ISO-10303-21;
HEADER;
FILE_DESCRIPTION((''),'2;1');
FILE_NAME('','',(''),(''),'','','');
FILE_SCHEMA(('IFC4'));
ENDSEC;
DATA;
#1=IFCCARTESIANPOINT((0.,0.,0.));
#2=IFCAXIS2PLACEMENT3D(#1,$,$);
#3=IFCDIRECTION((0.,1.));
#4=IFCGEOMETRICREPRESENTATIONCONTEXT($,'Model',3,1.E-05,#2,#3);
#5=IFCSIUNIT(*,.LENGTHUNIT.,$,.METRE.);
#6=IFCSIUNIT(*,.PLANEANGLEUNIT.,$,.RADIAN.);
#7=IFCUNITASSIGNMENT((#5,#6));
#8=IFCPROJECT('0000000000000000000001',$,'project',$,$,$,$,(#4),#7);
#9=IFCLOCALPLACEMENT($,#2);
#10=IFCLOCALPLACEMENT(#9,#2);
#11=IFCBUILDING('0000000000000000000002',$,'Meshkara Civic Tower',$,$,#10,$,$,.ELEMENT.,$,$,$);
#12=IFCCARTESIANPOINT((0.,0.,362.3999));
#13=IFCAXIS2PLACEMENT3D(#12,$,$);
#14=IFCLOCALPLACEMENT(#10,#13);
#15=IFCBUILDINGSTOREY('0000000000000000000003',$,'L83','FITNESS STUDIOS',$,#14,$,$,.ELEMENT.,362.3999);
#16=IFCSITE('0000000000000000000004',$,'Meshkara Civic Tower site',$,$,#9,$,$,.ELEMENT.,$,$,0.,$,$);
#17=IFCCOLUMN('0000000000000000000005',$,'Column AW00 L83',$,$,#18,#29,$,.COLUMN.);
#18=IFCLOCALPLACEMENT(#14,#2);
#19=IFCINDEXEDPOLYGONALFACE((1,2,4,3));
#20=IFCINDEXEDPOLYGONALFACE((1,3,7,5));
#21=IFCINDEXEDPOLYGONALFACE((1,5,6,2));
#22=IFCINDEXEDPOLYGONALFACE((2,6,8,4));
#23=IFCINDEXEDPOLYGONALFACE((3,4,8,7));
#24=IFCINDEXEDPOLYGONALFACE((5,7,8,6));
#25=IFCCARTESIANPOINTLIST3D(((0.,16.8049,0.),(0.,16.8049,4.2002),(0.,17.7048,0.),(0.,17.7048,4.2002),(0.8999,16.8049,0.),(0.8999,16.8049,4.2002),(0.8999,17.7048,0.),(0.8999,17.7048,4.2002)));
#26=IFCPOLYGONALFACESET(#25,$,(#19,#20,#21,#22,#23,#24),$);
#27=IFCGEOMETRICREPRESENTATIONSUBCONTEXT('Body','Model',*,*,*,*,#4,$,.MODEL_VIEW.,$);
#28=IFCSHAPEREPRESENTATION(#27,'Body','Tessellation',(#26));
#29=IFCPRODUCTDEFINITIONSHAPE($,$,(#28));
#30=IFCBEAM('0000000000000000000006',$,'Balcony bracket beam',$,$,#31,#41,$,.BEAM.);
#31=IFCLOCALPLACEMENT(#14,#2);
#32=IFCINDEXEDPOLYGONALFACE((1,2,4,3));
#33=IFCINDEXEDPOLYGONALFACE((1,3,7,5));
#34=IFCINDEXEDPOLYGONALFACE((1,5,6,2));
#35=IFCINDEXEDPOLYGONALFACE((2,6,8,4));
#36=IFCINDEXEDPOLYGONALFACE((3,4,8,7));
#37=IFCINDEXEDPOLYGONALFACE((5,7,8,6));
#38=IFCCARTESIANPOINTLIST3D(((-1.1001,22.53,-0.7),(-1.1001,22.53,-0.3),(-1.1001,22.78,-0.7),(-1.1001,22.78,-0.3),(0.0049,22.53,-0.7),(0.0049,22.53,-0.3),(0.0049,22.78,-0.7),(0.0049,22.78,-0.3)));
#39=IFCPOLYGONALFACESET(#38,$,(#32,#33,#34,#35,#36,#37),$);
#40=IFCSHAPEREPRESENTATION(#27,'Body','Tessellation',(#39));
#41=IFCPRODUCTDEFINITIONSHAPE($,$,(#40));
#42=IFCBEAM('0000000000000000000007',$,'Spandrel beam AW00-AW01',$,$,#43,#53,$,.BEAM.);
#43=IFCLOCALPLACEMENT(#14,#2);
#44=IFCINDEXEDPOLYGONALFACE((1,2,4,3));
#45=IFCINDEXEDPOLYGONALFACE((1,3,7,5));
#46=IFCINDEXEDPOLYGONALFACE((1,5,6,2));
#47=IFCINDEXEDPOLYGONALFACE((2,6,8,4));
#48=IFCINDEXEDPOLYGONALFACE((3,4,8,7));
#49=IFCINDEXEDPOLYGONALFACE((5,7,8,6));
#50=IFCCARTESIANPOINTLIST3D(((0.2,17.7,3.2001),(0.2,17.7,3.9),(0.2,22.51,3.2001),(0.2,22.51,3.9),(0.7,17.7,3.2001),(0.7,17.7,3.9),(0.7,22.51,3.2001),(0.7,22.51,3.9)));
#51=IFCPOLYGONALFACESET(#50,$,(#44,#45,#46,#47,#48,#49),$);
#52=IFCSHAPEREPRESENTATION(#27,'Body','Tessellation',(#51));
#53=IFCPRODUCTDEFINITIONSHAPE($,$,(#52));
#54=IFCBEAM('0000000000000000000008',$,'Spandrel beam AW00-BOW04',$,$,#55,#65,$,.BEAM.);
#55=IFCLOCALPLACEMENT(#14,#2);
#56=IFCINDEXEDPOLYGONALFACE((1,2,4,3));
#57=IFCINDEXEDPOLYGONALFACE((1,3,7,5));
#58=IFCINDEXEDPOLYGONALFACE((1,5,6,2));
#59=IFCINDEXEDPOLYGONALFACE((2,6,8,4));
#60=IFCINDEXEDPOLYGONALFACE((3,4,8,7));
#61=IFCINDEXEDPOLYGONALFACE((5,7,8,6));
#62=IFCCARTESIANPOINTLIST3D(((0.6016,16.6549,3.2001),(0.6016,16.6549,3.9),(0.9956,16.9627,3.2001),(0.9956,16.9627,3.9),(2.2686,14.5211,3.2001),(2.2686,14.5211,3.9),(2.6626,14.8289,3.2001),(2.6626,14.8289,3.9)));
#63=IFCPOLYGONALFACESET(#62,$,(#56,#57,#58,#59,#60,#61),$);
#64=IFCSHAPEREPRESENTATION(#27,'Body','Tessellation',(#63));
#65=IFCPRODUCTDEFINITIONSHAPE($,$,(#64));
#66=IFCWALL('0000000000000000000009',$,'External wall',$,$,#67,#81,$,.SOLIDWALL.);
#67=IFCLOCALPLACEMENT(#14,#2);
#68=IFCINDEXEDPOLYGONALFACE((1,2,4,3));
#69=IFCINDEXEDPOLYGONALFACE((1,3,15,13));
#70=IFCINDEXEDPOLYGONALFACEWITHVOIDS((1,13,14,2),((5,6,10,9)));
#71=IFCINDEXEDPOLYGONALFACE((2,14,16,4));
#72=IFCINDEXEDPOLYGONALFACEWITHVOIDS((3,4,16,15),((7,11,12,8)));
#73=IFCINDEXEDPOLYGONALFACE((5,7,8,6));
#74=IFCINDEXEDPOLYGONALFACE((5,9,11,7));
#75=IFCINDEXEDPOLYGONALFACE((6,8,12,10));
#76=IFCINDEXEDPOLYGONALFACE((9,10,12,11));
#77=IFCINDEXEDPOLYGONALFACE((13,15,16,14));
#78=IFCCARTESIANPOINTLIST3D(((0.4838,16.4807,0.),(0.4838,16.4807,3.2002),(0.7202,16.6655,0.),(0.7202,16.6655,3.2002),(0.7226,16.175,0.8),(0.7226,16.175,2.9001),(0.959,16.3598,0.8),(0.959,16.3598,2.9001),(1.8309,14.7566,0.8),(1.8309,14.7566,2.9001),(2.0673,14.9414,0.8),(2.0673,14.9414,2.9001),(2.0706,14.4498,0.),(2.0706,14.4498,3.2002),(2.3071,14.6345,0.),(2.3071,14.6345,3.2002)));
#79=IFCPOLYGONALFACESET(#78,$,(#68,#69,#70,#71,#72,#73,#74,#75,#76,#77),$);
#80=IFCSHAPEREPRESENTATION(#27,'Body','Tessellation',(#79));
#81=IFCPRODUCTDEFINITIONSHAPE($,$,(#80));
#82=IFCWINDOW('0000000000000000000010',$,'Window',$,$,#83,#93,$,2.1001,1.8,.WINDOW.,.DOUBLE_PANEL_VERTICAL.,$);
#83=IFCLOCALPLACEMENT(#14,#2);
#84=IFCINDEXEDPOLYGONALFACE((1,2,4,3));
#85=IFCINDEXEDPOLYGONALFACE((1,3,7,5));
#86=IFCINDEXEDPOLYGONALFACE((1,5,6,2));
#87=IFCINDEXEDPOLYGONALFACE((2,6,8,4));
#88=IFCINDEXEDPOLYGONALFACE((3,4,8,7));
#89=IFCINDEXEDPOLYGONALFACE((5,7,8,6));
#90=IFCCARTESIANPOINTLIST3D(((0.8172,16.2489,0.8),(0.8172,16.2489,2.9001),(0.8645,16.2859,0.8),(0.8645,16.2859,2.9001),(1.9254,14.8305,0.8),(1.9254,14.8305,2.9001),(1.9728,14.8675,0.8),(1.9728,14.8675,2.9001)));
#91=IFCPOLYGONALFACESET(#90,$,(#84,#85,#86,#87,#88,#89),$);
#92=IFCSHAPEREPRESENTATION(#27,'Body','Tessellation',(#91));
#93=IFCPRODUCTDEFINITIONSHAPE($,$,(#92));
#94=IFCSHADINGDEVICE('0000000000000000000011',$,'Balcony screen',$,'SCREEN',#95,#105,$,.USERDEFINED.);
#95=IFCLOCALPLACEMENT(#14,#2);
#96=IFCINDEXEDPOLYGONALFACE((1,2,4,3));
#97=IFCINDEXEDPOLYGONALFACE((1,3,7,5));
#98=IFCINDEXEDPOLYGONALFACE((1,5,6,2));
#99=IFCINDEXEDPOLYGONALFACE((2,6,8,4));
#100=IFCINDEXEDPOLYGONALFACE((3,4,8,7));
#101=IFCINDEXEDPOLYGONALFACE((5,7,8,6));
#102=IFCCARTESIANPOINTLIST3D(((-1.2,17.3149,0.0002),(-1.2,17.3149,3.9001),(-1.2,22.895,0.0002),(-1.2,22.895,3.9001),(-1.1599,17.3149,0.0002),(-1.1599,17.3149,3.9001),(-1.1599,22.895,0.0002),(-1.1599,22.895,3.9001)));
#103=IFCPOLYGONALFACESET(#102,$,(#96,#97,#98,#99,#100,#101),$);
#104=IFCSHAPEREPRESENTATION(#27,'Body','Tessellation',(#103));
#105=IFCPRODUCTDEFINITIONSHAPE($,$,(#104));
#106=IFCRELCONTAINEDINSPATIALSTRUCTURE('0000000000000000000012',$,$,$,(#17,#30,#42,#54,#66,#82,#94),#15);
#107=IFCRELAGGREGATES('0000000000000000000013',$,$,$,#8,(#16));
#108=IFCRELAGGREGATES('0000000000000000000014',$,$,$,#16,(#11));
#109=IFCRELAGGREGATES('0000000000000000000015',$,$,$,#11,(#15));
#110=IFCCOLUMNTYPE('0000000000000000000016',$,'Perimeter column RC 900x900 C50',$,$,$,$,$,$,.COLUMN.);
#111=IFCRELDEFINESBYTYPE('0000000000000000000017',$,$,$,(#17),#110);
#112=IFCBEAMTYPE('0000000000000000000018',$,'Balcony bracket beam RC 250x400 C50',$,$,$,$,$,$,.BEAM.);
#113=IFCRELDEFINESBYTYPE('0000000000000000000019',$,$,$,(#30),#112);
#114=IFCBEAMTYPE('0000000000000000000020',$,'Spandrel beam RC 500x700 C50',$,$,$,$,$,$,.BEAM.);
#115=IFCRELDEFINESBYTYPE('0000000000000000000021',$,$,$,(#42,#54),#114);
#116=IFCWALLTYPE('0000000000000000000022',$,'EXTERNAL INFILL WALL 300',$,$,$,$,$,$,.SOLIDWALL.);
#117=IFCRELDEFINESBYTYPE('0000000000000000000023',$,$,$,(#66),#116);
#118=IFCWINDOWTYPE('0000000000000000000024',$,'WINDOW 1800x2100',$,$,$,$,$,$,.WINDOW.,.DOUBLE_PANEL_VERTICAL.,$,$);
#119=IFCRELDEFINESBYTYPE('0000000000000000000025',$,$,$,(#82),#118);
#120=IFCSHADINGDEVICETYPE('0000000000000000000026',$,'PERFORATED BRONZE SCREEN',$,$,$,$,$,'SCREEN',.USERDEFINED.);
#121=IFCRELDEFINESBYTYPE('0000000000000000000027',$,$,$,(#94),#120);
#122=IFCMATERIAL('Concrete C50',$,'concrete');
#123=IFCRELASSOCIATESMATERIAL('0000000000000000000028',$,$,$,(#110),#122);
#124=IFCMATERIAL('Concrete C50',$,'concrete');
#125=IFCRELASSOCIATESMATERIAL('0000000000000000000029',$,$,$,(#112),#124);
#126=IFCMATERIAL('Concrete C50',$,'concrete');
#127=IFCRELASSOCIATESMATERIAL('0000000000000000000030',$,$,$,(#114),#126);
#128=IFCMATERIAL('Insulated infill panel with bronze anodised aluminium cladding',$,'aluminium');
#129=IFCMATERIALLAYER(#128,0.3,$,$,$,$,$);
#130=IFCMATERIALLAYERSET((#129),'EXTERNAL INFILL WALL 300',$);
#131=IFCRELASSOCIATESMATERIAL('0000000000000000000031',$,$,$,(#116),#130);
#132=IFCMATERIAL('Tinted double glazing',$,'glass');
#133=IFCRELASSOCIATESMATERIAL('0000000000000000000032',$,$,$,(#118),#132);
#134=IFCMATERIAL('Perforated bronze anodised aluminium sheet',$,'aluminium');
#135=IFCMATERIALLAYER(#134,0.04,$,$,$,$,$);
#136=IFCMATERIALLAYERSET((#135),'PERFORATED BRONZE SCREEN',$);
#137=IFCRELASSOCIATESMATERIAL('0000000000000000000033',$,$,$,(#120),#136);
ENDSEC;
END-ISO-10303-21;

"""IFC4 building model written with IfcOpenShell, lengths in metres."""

from ifc_helpers import new_model, si_unit, direction, frame, frame_2d, origin, origin_2d, place, context, subcontext, project, spatial, rectangle, extrude, material, layer, layer_set, material_profile, profile_set, type_object, element, fill, save


model = new_model("IFC4")

# Units and contexts
model_context = context("Model", 3, precision=1e-05, world=origin(), true_north=direction((0.0, 1.0)))
body_context = subcontext(model_context, "Body", "Model", "MODEL_VIEW")
ifc_project = project(units=[si_unit("LENGTHUNIT", "METRE"), si_unit("PLANEANGLEUNIT", "RADIAN")], contexts=[model_context])

# Site, building, storey
site_placement = place(None, origin())
site = spatial("IfcSite", under=ifc_project, at=site_placement, Name="Meshkara Civic Tower site", CompositionType="ELEMENT", RefElevation=0.0)
building_placement = place(site_placement, origin())
building = spatial("IfcBuilding", under=site, at=building_placement, Name="Meshkara Civic Tower", CompositionType="ELEMENT")
storey_placement = place(building_placement, frame((0.0, 0.0, 362.3999)))
storey = spatial("IfcBuildingStorey", under=building, at=storey_placement, Name="L83", Description="FITNESS STUDIOS", CompositionType="ELEMENT", Elevation=362.3999)

# Column
ifc_material_1 = material(Name="Concrete C50", Category="concrete")
ifc_material_profile_1 = material_profile(ifc_material_1, rectangle(XDim=0.8999, YDim=0.8999, at=origin_2d()))
ifc_profile_set_1 = profile_set([ifc_material_profile_1], Name="Concrete C50")
column_type = type_object("IfcColumnType", Name="Perimeter column RC 900x900 C50", PredefinedType="COLUMN", material=ifc_profile_set_1)
column_placement = place(storey_placement, frame((0.45, 17.2549, 0.0), z_axis=(0.0, 0.0, 1.0), x_axis=(1.0, 0.0, 0.0)))
element("IfcColumn", 1, at=column_placement, inside=storey, type_object=column_type, Name="Column AW00 L83", PredefinedType="COLUMN", context=body_context, shape_type="SweptSolid", body=[
    extrude(rectangle(XDim=0.8999, YDim=0.8999, at=origin_2d()), origin(), (0.0, 0.0, 1.0), 4.2002),
])

# Beams
ifc_material_2 = material(Name="Concrete C50", Category="concrete")
ifc_material_profile_2 = material_profile(ifc_material_2, rectangle(XDim=0.25, YDim=0.3999, at=origin_2d()))
ifc_profile_set_2 = profile_set([ifc_material_profile_2], Name="Concrete C50")
beam_type_1 = type_object("IfcBeamType", Name="Balcony bracket beam RC 250x400 C50", PredefinedType="BEAM", material=ifc_profile_set_2)
beam_1_placement = place(storey_placement, frame((0.0049, 22.655, -0.5), z_axis=(-1.0, 0.0, 0.0), x_axis=(0.0, -1.0, 0.0)))
element("IfcBeam", 2, at=beam_1_placement, inside=storey, type_object=beam_type_1, Name="Balcony bracket beam", PredefinedType="BEAM", context=body_context, shape_type="SweptSolid", body=[
    extrude(rectangle(XDim=0.25, YDim=0.3999, at=origin_2d()), origin(), (0.0, 0.0, 1.0), 1.105),
])
ifc_material_3 = material(Name="Concrete C50", Category="concrete")
ifc_material_profile_3 = material_profile(ifc_material_3, rectangle(XDim=0.5, YDim=0.7, at=origin_2d()))
ifc_profile_set_3 = profile_set([ifc_material_profile_3], Name="Concrete C50")
beam_type_2 = type_object("IfcBeamType", Name="Spandrel beam RC 500x700 C50", PredefinedType="BEAM", material=ifc_profile_set_3)
beam_2_placement = place(storey_placement, frame((0.45, 22.51, 3.55), z_axis=(0.0, -1.0, 0.0), x_axis=(1.0, 0.0, 0.0)))
element("IfcBeam", 3, at=beam_2_placement, inside=storey, type_object=beam_type_2, Name="Spandrel beam AW00-AW01", PredefinedType="BEAM", context=body_context, shape_type="SweptSolid", body=[
    extrude(rectangle(XDim=0.5, YDim=0.7, at=origin_2d()), origin(), (0.0, 0.0, 1.0), 4.8101),
])
beam_3_placement = place(storey_placement, frame((0.7986, 16.8088, 3.55), z_axis=(0.615637, -0.78803, 0.0), x_axis=(0.78803, 0.615637, 0.0)))
element("IfcBeam", 4, at=beam_3_placement, inside=storey, type_object=beam_type_2, Name="Spandrel beam AW00-BOW04", PredefinedType="BEAM", context=body_context, shape_type="SweptSolid", body=[
    extrude(rectangle(XDim=0.5, YDim=0.7, at=origin_2d()), origin(), (0.0, 0.0, 1.0), 2.7078),
])

# Wall, opening, window
ifc_material_4 = material(Name="Insulated infill panel with bronze anodised aluminium cladding", Category="aluminium")
ifc_layer_1 = layer(ifc_material_4, 0.3)
ifc_layer_set_1 = layer_set([ifc_layer_1], Name="EXTERNAL INFILL WALL 300")
wall_type_1 = type_object("IfcWallType", Name="EXTERNAL INFILL WALL 300", PredefinedType="SOLIDWALL", material=ifc_layer_set_1)
wall_1_placement = place(storey_placement, frame((0.6021, 16.573, 0.0), z_axis=(0.0, 0.0, 1.0), x_axis=(0.61569, -0.787988, 0.0)))
wall_1 = element("IfcWall", 5, at=wall_1_placement, inside=storey, type_object=wall_type_1, Name="External wall", PredefinedType="SOLIDWALL", context=body_context, shape_type="SweptSolid", body=[
    extrude(rectangle(XDim=2.5774, YDim=0.3, at=frame_2d((1.2886, 0.0))), origin(), (0.0, 0.0, 1.0), 3.2002),
])
opening_1_placement = place(wall_1_placement, frame((0.3879, 0.0, 0.8)))
opening_1 = element("IfcOpeningElement", 6, at=opening_1_placement, cuts=wall_1, PredefinedType="OPENING", context=body_context, shape_type="SweptSolid", body=[
    extrude(rectangle(XDim=1.8, YDim=2.1001, at=frame_2d((0.8999, 1.05))), frame((0.0, 0.1599, 0.0), z_axis=(0.0, -1.0, 0.0), x_axis=(1.0, 0.0, 0.0)), (0.0, 0.0, 1.0), 0.3201),
])
ifc_material_5 = material(Name="Tinted double glazing", Category="glass")
window_type = type_object("IfcWindowType", Name="WINDOW 1800x2100", PartitioningType="DOUBLE_PANEL_VERTICAL", PredefinedType="WINDOW", material=ifc_material_5)
window_placement = place(opening_1_placement, origin())
window = element("IfcWindow", 7, at=window_placement, inside=storey, type_object=window_type, Name="Window", OverallHeight=2.1001, OverallWidth=1.8, PartitioningType="DOUBLE_PANEL_VERTICAL", PredefinedType="WINDOW", context=body_context, shape_type="SweptSolid", body=[
    extrude(rectangle(XDim=1.8, YDim=2.1001, at=frame_2d((0.8999, 1.05))), frame((0.0, 0.03, 0.0), z_axis=(0.0, -1.0, 0.0), x_axis=(1.0, 0.0, 0.0)), (0.0, 0.0, 1.0), 0.0601),
])
fill(opening_1, window)

# Shading device
ifc_material_6 = material(Name="Perforated bronze anodised aluminium sheet", Category="aluminium")
ifc_layer_2 = layer(ifc_material_6, 0.04)
ifc_layer_set_2 = layer_set([ifc_layer_2], Name="PERFORATED BRONZE SCREEN")
shading_device_type = type_object("IfcShadingDeviceType", Name="PERFORATED BRONZE SCREEN", ElementType="SCREEN", PredefinedType="USERDEFINED", material=ifc_layer_set_2)
shading_device_placement = place(storey_placement, frame((-1.1799, 20.105, 0.0002), z_axis=(0.0, 0.0, 1.0), x_axis=(0.0, -1.0, 0.0)))
element("IfcShadingDevice", 8, at=shading_device_placement, inside=storey, type_object=shading_device_type, Name="Balcony screen", ObjectType="SCREEN", PredefinedType="USERDEFINED", context=body_context, shape_type="SweptSolid", body=[
    extrude(rectangle(XDim=5.5801, YDim=0.04, at=origin_2d()), origin(), (0.0, 0.0, 1.0), 3.8999),
])

save(model, "model.ifc")
